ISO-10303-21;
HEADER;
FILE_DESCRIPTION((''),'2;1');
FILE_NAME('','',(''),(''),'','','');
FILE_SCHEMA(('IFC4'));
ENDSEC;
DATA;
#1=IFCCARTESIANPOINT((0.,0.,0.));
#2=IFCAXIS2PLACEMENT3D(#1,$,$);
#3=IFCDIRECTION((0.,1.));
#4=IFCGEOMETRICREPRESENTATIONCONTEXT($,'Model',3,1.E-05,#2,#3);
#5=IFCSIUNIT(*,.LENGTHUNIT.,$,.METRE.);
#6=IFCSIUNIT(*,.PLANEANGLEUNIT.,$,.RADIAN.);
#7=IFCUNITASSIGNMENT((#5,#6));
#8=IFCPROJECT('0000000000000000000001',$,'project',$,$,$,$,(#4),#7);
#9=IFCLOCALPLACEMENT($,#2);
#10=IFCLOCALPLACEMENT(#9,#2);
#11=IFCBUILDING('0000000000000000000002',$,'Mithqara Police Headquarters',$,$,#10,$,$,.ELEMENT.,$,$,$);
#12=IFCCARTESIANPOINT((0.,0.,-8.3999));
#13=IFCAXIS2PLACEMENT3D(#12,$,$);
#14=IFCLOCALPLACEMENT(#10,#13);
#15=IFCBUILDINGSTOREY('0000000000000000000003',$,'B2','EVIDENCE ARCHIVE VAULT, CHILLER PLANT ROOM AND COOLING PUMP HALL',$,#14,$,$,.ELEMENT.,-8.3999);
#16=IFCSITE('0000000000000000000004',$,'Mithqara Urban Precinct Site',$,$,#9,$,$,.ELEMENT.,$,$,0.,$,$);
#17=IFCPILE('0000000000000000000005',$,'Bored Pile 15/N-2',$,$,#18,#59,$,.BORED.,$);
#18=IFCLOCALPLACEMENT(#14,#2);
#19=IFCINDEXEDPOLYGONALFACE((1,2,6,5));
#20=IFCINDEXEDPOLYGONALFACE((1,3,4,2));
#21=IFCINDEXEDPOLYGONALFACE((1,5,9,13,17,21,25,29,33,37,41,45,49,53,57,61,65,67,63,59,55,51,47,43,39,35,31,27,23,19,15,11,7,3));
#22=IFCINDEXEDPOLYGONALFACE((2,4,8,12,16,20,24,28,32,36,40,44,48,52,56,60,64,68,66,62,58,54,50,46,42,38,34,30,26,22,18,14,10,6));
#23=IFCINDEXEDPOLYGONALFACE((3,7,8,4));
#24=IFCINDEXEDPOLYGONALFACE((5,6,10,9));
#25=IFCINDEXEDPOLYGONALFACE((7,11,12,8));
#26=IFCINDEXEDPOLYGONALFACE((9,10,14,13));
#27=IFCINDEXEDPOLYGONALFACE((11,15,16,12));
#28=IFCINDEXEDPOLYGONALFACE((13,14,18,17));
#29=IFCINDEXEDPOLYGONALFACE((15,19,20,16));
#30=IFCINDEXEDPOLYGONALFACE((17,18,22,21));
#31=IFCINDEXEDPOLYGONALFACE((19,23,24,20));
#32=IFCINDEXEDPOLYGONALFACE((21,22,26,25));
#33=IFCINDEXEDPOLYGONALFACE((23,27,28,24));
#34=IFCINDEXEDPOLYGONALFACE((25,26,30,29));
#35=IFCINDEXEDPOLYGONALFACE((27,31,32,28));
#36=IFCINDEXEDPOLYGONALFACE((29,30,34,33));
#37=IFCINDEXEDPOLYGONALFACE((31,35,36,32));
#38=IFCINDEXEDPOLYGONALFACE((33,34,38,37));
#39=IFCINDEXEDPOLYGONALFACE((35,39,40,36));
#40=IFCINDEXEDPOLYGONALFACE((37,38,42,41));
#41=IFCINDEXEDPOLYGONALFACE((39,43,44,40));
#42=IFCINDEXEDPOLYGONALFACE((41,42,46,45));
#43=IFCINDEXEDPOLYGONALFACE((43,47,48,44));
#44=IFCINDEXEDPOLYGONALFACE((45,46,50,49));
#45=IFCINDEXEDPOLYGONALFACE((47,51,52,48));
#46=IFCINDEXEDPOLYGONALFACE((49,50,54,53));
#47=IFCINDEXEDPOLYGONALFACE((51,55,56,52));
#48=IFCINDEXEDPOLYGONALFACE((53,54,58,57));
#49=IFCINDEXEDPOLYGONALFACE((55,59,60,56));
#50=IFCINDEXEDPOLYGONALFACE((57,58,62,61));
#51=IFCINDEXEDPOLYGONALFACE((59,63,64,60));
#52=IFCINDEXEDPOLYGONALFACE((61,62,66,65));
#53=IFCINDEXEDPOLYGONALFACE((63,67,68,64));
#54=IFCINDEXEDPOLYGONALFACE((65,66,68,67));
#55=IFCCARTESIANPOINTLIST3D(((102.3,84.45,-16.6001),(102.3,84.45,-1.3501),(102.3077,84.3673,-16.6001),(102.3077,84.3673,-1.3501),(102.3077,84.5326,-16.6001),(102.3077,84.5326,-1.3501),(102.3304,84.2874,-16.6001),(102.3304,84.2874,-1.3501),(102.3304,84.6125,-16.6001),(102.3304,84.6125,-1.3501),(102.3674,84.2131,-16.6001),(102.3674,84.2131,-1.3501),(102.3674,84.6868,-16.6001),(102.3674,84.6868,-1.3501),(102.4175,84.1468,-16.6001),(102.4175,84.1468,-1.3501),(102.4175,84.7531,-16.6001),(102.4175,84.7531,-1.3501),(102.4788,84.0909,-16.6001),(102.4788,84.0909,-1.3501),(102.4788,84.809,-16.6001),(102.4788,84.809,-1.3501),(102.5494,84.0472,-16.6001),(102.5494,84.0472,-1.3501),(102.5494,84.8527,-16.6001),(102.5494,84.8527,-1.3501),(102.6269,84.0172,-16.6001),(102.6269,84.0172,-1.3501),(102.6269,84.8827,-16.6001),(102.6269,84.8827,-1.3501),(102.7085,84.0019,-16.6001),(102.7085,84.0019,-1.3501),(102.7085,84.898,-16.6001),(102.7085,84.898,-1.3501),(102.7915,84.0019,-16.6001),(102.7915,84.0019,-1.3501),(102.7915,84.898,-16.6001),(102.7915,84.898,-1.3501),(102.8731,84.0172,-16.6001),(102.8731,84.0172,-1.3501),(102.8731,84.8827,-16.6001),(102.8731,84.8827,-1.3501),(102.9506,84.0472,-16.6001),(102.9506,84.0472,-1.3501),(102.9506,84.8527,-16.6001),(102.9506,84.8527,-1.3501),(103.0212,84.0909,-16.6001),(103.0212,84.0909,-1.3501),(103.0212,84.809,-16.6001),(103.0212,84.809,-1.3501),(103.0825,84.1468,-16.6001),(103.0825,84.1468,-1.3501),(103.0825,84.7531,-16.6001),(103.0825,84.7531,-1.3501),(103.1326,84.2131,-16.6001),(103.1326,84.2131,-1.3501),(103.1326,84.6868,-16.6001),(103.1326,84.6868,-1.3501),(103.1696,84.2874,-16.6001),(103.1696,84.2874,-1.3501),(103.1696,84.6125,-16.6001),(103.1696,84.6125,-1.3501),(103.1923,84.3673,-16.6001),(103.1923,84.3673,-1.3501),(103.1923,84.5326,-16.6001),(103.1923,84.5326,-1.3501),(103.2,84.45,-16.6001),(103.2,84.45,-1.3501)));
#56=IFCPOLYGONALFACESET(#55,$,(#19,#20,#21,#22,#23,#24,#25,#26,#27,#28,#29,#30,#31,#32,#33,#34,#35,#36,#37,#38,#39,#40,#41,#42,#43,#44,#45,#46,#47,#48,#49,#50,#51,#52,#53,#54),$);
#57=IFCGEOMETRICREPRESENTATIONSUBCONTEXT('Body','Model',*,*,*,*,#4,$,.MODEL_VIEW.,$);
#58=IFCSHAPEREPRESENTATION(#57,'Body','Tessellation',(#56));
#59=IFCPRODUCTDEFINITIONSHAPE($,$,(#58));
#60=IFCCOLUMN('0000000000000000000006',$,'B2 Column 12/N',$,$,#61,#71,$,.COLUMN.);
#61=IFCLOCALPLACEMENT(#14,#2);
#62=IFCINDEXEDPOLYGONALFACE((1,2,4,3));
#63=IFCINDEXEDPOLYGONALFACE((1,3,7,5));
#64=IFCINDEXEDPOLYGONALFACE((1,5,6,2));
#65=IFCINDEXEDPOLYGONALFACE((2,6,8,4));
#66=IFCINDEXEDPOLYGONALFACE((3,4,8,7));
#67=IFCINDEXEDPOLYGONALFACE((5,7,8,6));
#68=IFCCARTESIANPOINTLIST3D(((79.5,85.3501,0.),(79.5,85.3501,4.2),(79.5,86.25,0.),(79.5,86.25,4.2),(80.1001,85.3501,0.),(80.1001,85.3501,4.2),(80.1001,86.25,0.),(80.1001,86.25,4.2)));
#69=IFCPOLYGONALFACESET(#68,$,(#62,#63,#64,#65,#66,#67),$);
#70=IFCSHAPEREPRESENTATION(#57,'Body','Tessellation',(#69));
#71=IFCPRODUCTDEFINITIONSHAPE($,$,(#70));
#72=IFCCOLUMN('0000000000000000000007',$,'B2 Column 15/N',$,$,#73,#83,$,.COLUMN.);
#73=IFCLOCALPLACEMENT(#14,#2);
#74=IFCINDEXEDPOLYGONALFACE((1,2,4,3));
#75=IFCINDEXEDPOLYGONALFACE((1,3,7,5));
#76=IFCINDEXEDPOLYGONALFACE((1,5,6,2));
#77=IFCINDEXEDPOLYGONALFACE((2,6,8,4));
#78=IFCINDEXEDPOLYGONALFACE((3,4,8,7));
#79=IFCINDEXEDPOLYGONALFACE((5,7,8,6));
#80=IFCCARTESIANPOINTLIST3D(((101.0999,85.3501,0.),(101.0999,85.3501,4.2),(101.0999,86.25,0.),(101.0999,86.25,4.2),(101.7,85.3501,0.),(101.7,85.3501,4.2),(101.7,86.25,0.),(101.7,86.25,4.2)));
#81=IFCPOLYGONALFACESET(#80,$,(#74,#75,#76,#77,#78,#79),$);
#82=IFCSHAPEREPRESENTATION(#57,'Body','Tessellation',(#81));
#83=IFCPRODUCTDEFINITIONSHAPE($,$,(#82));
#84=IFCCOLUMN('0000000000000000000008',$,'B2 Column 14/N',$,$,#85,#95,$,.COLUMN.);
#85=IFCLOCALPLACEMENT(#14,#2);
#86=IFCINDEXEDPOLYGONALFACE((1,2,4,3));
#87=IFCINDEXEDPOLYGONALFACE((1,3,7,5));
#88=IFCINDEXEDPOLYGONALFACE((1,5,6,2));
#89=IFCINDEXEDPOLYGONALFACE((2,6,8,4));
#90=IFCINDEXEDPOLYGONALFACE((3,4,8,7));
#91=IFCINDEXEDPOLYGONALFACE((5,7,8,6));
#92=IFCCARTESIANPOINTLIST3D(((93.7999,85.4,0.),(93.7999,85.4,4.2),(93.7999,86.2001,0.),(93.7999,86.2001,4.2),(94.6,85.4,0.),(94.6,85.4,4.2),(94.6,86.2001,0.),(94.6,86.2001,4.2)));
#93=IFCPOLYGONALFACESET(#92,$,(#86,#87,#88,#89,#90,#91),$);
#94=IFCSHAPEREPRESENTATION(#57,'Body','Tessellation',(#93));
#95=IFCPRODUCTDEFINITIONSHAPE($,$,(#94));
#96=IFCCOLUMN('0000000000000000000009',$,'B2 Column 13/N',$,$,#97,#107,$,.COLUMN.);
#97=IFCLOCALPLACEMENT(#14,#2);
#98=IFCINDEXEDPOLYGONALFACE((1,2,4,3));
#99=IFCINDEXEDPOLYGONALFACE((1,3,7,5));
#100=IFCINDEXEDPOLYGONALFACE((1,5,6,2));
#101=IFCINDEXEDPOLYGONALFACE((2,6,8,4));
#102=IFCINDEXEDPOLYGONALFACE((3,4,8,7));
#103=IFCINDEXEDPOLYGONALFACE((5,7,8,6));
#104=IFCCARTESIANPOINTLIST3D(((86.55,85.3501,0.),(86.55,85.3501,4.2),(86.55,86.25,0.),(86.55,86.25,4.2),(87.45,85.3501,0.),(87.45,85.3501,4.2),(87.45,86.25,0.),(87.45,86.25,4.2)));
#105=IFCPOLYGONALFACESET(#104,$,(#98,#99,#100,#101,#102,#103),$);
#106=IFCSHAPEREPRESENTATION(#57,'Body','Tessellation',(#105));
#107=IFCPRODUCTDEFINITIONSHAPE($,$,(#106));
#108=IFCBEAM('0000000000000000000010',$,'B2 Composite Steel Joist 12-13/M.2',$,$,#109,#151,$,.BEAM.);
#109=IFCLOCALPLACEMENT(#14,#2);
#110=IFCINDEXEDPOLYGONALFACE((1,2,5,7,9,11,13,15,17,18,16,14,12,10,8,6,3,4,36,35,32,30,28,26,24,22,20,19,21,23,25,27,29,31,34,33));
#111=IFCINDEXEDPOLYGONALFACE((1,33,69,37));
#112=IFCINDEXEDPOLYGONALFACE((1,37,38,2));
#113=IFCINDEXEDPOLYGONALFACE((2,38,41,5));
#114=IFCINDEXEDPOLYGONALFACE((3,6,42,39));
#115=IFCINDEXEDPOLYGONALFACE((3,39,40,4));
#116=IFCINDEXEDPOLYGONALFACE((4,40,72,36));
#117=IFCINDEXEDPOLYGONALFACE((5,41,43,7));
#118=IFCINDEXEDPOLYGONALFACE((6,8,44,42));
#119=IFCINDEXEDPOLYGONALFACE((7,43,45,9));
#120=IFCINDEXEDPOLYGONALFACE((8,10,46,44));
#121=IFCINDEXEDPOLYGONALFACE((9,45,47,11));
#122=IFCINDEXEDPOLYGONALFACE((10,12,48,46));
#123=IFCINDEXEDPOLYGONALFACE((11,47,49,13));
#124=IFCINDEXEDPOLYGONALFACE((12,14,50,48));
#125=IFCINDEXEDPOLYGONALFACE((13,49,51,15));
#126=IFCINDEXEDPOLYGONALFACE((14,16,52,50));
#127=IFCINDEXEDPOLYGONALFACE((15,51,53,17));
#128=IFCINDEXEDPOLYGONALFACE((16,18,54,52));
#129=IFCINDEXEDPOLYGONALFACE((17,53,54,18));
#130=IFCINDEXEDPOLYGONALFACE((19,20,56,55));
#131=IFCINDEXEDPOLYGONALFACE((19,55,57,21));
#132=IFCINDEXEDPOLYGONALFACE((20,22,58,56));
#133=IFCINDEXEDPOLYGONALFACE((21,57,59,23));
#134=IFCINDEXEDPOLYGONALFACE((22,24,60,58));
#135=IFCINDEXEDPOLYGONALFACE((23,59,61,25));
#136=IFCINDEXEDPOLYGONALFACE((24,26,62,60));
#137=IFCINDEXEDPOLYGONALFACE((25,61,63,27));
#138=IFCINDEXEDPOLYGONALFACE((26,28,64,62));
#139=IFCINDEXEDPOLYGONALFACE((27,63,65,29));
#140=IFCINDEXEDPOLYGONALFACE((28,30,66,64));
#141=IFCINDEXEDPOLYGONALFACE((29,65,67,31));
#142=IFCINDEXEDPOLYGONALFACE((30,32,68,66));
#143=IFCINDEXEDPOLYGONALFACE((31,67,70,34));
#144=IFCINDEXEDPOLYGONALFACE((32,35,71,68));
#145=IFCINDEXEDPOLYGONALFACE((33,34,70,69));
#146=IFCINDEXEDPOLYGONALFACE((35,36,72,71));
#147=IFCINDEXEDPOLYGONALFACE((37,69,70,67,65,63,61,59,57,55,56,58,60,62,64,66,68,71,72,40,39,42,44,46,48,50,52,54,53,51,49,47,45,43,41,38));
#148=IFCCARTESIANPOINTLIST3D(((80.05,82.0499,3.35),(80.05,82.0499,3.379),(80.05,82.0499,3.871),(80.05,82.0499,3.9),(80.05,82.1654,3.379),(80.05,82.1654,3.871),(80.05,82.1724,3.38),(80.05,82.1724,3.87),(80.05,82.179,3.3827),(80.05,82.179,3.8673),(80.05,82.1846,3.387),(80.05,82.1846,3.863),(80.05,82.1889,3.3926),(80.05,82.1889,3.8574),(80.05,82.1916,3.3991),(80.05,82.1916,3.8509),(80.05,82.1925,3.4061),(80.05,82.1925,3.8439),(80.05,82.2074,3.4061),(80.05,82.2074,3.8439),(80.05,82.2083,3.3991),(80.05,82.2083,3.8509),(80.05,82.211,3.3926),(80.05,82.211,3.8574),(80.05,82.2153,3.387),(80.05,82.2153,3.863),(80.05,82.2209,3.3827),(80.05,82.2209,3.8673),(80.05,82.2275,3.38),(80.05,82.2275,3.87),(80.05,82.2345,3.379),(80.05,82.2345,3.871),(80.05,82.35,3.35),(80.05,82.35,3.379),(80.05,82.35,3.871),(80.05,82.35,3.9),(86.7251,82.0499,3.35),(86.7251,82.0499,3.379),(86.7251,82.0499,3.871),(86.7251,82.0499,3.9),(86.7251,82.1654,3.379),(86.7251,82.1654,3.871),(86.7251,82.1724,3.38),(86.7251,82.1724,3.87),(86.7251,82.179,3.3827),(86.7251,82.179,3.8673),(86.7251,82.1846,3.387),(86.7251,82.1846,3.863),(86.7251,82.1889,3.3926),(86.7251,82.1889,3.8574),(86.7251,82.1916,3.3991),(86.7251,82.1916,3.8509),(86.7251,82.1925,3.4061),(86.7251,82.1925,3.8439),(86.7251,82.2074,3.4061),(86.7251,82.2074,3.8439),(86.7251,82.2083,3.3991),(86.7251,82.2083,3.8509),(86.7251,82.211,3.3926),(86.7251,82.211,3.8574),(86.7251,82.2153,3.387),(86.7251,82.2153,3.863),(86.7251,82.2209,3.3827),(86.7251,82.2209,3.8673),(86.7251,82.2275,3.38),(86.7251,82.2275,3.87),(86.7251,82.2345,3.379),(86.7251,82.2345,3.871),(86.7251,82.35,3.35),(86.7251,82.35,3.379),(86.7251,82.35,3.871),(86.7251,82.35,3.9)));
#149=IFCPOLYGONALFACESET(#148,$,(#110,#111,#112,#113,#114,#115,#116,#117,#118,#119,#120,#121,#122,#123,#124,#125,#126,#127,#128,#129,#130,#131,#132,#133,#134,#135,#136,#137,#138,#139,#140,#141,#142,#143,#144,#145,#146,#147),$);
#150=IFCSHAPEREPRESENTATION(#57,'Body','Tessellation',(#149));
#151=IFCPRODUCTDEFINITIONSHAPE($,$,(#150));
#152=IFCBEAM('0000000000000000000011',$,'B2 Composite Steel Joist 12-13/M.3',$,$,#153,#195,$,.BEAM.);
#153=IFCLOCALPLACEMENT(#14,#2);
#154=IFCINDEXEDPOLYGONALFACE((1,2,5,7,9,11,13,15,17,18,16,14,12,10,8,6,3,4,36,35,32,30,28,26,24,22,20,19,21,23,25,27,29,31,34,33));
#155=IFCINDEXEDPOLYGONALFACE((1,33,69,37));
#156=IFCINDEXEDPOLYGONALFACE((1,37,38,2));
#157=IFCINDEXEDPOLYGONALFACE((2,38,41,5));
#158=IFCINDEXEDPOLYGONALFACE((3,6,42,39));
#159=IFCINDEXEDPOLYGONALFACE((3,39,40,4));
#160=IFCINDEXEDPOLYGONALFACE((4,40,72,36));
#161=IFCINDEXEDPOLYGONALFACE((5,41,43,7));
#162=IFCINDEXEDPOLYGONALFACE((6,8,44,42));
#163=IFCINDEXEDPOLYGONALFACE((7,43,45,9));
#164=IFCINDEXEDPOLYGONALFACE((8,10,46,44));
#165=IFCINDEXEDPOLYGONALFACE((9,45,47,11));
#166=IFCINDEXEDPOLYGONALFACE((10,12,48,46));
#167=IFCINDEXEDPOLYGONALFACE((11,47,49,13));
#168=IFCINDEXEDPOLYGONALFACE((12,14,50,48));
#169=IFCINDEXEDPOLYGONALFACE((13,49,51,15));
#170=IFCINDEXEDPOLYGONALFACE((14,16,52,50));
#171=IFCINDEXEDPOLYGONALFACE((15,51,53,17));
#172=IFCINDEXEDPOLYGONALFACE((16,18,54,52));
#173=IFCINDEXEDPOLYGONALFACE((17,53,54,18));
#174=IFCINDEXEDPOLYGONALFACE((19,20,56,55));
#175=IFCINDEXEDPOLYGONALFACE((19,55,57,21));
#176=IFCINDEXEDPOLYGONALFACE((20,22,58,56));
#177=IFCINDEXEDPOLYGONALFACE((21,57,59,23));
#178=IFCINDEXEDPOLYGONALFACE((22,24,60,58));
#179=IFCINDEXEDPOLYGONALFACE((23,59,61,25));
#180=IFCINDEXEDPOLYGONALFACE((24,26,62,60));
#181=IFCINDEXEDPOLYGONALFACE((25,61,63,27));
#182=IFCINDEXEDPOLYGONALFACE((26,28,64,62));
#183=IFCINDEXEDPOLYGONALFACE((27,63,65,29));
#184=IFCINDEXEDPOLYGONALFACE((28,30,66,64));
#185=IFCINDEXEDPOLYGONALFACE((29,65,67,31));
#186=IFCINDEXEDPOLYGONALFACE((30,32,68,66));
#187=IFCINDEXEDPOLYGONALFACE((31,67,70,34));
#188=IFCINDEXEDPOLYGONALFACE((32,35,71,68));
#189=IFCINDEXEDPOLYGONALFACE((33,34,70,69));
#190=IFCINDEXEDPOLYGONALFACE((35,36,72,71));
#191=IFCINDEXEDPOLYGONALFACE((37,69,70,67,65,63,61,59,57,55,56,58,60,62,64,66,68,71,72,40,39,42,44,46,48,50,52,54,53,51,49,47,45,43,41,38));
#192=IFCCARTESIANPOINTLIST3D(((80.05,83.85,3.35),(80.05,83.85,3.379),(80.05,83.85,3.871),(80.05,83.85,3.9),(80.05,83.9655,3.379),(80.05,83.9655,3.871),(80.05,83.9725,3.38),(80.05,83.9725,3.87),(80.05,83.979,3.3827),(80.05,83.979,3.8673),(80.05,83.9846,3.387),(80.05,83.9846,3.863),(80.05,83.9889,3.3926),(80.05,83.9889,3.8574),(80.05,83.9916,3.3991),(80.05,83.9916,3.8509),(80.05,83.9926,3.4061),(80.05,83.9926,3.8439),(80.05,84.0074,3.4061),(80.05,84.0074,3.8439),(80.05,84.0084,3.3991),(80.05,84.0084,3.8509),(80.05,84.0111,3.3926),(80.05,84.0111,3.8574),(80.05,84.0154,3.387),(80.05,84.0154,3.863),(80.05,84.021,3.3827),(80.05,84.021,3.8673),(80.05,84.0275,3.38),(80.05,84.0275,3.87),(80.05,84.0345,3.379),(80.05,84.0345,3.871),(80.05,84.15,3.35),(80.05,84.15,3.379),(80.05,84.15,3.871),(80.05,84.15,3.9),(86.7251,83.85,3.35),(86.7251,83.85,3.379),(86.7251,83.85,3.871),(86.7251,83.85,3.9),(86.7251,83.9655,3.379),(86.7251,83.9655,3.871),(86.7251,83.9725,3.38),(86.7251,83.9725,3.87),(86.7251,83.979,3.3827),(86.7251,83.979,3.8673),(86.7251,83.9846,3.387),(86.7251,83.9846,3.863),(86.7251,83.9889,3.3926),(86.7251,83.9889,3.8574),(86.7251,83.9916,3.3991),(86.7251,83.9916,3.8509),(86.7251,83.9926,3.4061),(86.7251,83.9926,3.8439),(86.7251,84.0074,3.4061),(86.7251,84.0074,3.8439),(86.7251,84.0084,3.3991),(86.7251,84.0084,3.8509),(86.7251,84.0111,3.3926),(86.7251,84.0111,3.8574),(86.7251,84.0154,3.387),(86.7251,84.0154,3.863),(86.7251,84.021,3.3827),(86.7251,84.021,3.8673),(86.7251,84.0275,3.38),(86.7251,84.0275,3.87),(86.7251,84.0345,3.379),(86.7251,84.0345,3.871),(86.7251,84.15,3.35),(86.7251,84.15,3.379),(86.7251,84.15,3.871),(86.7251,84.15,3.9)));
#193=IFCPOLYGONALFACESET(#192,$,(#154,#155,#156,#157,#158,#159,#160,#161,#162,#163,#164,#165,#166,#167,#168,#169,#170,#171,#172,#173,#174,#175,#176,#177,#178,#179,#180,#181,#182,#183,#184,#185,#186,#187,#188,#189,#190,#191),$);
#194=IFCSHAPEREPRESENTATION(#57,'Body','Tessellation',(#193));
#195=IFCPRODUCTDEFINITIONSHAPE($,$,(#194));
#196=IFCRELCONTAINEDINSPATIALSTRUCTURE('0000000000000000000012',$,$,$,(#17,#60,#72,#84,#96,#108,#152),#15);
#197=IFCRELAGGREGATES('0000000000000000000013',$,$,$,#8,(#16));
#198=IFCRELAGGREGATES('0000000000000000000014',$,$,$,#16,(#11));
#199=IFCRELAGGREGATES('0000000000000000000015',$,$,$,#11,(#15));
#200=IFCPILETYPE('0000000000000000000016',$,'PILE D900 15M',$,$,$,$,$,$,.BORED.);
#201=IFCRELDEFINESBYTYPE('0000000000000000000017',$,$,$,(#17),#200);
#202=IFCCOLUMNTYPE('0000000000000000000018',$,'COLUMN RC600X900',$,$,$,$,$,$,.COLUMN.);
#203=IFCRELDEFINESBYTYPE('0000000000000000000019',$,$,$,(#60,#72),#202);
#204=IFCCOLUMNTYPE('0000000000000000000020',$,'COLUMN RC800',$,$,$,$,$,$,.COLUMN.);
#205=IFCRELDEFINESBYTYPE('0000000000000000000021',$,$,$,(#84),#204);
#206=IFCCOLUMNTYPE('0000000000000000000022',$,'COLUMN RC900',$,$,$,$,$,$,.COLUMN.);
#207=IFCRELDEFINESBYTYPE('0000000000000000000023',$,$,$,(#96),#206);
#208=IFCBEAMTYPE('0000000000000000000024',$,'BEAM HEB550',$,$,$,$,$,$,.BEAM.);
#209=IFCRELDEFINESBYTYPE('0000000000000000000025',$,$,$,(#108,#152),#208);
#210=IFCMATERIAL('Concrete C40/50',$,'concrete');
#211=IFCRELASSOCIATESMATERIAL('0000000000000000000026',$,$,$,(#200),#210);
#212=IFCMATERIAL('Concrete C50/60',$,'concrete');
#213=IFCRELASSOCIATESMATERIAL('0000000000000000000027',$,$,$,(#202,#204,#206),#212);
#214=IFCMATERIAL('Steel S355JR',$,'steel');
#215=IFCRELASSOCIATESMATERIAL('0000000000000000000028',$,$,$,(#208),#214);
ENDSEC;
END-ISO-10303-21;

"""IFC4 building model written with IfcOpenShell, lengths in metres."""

from ifc_helpers import new_model, si_unit, direction, frame, origin, origin_2d, place, context, subcontext, project, spatial, rectangle, circle, i_section, extrude, material, material_profile, profile_set, type_object, element, save


model = new_model("IFC4")

# Units and contexts
model_context = context("Model", 3, precision=1e-05, world=origin(), true_north=direction((0.0, 1.0)))
body_context = subcontext(model_context, "Body", "Model", "MODEL_VIEW")
ifc_project = project(units=[si_unit("LENGTHUNIT", "METRE"), si_unit("PLANEANGLEUNIT", "RADIAN")], contexts=[model_context])

# Site, building, storey
site_placement = place(None, origin())
site = spatial("IfcSite", under=ifc_project, at=site_placement, Name="Mithqara Urban Precinct Site", CompositionType="ELEMENT", RefElevation=0.0)
building_placement = place(site_placement, origin())
building = spatial("IfcBuilding", under=site, at=building_placement, Name="Mithqara Police Headquarters", CompositionType="ELEMENT")
storey_placement = place(building_placement, frame((0.0, 0.0, -8.3999)))
storey = spatial("IfcBuildingStorey", under=building, at=storey_placement, Name="B2", Description="EVIDENCE ARCHIVE VAULT, CHILLER PLANT ROOM AND COOLING PUMP HALL", CompositionType="ELEMENT", Elevation=-8.3999)

# Shared definitions
ifc_material_1 = material(Name="Concrete C40/50", Category="concrete")

# Pile
ifc_material_profile_1 = material_profile(ifc_material_1, circle(Radius=0.45, at=origin_2d()), Name="PILE D900")
ifc_profile_set_1 = profile_set([ifc_material_profile_1], Name="Concrete C40/50")
pile_type_1 = type_object("IfcPileType", Name="PILE D900 15M", PredefinedType="BORED", material=ifc_profile_set_1)
for number, where, z_axis, x_axis, name in (
    (1, (102.75, 84.45, -1.3501), (0.0, 0.0, -1.0), (1.0, 0.0, 0.0), "Bored Pile 15/N-2"),
):
    element("IfcPile", number, at=place(storey_placement, frame(where, z_axis=z_axis, x_axis=x_axis)), inside=storey, type_object=pile_type_1, Name=name, PredefinedType="BORED", context=body_context, shape_type="SweptSolid", body=[
        extrude(circle(Radius=0.45, at=origin_2d()), origin(), (0.0, 0.0, 1.0), 15.25),
    ])

# Columns
ifc_material_2 = material(Name="Concrete C50/60", Category="concrete")
ifc_material_profile_2 = material_profile(ifc_material_2, rectangle(XDim=0.6001, YDim=0.8999, at=origin_2d()), Name="RC 600x900")
ifc_profile_set_2 = profile_set([ifc_material_profile_2], Name="Concrete C50/60")
column_type_1 = type_object("IfcColumnType", Name="COLUMN RC600X900", PredefinedType="COLUMN", material=ifc_profile_set_2)
for number, where, z_axis, x_axis, name in (
    (2, (79.8, 85.8, 0.0), (0.0, 0.0, 1.0), (1.0, 0.0, 0.0), "B2 Column 12/N"),
    (3, (101.3999, 85.8, 0.0), (0.0, 0.0, 1.0), (1.0, 0.0, 0.0), "B2 Column 15/N"),
):
    element("IfcColumn", number, at=place(storey_placement, frame(where, z_axis=z_axis, x_axis=x_axis)), inside=storey, type_object=column_type_1, Name=name, PredefinedType="COLUMN", context=body_context, shape_type="SweptSolid", body=[
        extrude(rectangle(XDim=0.6001, YDim=0.8999, at=origin_2d()), origin(), (0.0, 0.0, 1.0), 4.2),
    ])
ifc_material_profile_3 = material_profile(ifc_material_2, rectangle(XDim=0.8, YDim=0.8, at=origin_2d()), Name="RC 800x800")
ifc_profile_set_3 = profile_set([ifc_material_profile_3], Name="Concrete C50/60")
column_type_2 = type_object("IfcColumnType", Name="COLUMN RC800", PredefinedType="COLUMN", material=ifc_profile_set_3)
column_1_placement = place(storey_placement, frame((94.2, 85.8, 0.0), z_axis=(0.0, 0.0, 1.0), x_axis=(1.0, 0.0, 0.0)))
element("IfcColumn", 4, at=column_1_placement, inside=storey, type_object=column_type_2, Name="B2 Column 14/N", PredefinedType="COLUMN", context=body_context, shape_type="SweptSolid", body=[
    extrude(rectangle(XDim=0.8, YDim=0.8, at=origin_2d()), origin(), (0.0, 0.0, 1.0), 4.2),
])
ifc_material_profile_4 = material_profile(ifc_material_2, rectangle(XDim=0.8999, YDim=0.8999, at=origin_2d()), Name="RC 900x900")
ifc_profile_set_4 = profile_set([ifc_material_profile_4], Name="Concrete C50/60")
column_type_3 = type_object("IfcColumnType", Name="COLUMN RC900", PredefinedType="COLUMN", material=ifc_profile_set_4)
column_2_placement = place(storey_placement, frame((87.0, 85.8, 0.0), z_axis=(0.0, 0.0, 1.0), x_axis=(1.0, 0.0, 0.0)))
element("IfcColumn", 5, at=column_2_placement, inside=storey, type_object=column_type_3, Name="B2 Column 13/N", PredefinedType="COLUMN", context=body_context, shape_type="SweptSolid", body=[
    extrude(rectangle(XDim=0.8999, YDim=0.8999, at=origin_2d()), origin(), (0.0, 0.0, 1.0), 4.2),
])

# Beams
ifc_material_3 = material(Name="Steel S355JR", Category="steel")
ifc_material_profile_5 = material_profile(ifc_material_3, i_section(OverallWidth=0.3, OverallDepth=0.55, WebThickness=0.0149, FlangeThickness=0.0291, FilletRadius=0.0271, at=origin_2d()), Name="HEB 550")
ifc_profile_set_5 = profile_set([ifc_material_profile_5], Name="Steel S355JR")
beam_type_1 = type_object("IfcBeamType", Name="BEAM HEB550", PredefinedType="BEAM", material=ifc_profile_set_5)
for number, where, z_axis, x_axis, name in (
    (6, (80.05, 82.2, 3.625), (1.0, 0.0, 0.0), (0.0, 1.0, 0.0), "B2 Composite Steel Joist 12-13/M.2"),
    (7, (80.05, 84.0, 3.625), (1.0, 0.0, 0.0), (0.0, 1.0, 0.0), "B2 Composite Steel Joist 12-13/M.3"),
):
    element("IfcBeam", number, at=place(storey_placement, frame(where, z_axis=z_axis, x_axis=x_axis)), inside=storey, type_object=beam_type_1, Name=name, PredefinedType="BEAM", context=body_context, shape_type="SweptSolid", body=[
        extrude(i_section(OverallWidth=0.3, OverallDepth=0.55, WebThickness=0.0149, FlangeThickness=0.0291, FilletRadius=0.0271, at=origin_2d()), origin(), (0.0, 0.0, 1.0), 6.675),
    ])

save(model, "model.ifc")
